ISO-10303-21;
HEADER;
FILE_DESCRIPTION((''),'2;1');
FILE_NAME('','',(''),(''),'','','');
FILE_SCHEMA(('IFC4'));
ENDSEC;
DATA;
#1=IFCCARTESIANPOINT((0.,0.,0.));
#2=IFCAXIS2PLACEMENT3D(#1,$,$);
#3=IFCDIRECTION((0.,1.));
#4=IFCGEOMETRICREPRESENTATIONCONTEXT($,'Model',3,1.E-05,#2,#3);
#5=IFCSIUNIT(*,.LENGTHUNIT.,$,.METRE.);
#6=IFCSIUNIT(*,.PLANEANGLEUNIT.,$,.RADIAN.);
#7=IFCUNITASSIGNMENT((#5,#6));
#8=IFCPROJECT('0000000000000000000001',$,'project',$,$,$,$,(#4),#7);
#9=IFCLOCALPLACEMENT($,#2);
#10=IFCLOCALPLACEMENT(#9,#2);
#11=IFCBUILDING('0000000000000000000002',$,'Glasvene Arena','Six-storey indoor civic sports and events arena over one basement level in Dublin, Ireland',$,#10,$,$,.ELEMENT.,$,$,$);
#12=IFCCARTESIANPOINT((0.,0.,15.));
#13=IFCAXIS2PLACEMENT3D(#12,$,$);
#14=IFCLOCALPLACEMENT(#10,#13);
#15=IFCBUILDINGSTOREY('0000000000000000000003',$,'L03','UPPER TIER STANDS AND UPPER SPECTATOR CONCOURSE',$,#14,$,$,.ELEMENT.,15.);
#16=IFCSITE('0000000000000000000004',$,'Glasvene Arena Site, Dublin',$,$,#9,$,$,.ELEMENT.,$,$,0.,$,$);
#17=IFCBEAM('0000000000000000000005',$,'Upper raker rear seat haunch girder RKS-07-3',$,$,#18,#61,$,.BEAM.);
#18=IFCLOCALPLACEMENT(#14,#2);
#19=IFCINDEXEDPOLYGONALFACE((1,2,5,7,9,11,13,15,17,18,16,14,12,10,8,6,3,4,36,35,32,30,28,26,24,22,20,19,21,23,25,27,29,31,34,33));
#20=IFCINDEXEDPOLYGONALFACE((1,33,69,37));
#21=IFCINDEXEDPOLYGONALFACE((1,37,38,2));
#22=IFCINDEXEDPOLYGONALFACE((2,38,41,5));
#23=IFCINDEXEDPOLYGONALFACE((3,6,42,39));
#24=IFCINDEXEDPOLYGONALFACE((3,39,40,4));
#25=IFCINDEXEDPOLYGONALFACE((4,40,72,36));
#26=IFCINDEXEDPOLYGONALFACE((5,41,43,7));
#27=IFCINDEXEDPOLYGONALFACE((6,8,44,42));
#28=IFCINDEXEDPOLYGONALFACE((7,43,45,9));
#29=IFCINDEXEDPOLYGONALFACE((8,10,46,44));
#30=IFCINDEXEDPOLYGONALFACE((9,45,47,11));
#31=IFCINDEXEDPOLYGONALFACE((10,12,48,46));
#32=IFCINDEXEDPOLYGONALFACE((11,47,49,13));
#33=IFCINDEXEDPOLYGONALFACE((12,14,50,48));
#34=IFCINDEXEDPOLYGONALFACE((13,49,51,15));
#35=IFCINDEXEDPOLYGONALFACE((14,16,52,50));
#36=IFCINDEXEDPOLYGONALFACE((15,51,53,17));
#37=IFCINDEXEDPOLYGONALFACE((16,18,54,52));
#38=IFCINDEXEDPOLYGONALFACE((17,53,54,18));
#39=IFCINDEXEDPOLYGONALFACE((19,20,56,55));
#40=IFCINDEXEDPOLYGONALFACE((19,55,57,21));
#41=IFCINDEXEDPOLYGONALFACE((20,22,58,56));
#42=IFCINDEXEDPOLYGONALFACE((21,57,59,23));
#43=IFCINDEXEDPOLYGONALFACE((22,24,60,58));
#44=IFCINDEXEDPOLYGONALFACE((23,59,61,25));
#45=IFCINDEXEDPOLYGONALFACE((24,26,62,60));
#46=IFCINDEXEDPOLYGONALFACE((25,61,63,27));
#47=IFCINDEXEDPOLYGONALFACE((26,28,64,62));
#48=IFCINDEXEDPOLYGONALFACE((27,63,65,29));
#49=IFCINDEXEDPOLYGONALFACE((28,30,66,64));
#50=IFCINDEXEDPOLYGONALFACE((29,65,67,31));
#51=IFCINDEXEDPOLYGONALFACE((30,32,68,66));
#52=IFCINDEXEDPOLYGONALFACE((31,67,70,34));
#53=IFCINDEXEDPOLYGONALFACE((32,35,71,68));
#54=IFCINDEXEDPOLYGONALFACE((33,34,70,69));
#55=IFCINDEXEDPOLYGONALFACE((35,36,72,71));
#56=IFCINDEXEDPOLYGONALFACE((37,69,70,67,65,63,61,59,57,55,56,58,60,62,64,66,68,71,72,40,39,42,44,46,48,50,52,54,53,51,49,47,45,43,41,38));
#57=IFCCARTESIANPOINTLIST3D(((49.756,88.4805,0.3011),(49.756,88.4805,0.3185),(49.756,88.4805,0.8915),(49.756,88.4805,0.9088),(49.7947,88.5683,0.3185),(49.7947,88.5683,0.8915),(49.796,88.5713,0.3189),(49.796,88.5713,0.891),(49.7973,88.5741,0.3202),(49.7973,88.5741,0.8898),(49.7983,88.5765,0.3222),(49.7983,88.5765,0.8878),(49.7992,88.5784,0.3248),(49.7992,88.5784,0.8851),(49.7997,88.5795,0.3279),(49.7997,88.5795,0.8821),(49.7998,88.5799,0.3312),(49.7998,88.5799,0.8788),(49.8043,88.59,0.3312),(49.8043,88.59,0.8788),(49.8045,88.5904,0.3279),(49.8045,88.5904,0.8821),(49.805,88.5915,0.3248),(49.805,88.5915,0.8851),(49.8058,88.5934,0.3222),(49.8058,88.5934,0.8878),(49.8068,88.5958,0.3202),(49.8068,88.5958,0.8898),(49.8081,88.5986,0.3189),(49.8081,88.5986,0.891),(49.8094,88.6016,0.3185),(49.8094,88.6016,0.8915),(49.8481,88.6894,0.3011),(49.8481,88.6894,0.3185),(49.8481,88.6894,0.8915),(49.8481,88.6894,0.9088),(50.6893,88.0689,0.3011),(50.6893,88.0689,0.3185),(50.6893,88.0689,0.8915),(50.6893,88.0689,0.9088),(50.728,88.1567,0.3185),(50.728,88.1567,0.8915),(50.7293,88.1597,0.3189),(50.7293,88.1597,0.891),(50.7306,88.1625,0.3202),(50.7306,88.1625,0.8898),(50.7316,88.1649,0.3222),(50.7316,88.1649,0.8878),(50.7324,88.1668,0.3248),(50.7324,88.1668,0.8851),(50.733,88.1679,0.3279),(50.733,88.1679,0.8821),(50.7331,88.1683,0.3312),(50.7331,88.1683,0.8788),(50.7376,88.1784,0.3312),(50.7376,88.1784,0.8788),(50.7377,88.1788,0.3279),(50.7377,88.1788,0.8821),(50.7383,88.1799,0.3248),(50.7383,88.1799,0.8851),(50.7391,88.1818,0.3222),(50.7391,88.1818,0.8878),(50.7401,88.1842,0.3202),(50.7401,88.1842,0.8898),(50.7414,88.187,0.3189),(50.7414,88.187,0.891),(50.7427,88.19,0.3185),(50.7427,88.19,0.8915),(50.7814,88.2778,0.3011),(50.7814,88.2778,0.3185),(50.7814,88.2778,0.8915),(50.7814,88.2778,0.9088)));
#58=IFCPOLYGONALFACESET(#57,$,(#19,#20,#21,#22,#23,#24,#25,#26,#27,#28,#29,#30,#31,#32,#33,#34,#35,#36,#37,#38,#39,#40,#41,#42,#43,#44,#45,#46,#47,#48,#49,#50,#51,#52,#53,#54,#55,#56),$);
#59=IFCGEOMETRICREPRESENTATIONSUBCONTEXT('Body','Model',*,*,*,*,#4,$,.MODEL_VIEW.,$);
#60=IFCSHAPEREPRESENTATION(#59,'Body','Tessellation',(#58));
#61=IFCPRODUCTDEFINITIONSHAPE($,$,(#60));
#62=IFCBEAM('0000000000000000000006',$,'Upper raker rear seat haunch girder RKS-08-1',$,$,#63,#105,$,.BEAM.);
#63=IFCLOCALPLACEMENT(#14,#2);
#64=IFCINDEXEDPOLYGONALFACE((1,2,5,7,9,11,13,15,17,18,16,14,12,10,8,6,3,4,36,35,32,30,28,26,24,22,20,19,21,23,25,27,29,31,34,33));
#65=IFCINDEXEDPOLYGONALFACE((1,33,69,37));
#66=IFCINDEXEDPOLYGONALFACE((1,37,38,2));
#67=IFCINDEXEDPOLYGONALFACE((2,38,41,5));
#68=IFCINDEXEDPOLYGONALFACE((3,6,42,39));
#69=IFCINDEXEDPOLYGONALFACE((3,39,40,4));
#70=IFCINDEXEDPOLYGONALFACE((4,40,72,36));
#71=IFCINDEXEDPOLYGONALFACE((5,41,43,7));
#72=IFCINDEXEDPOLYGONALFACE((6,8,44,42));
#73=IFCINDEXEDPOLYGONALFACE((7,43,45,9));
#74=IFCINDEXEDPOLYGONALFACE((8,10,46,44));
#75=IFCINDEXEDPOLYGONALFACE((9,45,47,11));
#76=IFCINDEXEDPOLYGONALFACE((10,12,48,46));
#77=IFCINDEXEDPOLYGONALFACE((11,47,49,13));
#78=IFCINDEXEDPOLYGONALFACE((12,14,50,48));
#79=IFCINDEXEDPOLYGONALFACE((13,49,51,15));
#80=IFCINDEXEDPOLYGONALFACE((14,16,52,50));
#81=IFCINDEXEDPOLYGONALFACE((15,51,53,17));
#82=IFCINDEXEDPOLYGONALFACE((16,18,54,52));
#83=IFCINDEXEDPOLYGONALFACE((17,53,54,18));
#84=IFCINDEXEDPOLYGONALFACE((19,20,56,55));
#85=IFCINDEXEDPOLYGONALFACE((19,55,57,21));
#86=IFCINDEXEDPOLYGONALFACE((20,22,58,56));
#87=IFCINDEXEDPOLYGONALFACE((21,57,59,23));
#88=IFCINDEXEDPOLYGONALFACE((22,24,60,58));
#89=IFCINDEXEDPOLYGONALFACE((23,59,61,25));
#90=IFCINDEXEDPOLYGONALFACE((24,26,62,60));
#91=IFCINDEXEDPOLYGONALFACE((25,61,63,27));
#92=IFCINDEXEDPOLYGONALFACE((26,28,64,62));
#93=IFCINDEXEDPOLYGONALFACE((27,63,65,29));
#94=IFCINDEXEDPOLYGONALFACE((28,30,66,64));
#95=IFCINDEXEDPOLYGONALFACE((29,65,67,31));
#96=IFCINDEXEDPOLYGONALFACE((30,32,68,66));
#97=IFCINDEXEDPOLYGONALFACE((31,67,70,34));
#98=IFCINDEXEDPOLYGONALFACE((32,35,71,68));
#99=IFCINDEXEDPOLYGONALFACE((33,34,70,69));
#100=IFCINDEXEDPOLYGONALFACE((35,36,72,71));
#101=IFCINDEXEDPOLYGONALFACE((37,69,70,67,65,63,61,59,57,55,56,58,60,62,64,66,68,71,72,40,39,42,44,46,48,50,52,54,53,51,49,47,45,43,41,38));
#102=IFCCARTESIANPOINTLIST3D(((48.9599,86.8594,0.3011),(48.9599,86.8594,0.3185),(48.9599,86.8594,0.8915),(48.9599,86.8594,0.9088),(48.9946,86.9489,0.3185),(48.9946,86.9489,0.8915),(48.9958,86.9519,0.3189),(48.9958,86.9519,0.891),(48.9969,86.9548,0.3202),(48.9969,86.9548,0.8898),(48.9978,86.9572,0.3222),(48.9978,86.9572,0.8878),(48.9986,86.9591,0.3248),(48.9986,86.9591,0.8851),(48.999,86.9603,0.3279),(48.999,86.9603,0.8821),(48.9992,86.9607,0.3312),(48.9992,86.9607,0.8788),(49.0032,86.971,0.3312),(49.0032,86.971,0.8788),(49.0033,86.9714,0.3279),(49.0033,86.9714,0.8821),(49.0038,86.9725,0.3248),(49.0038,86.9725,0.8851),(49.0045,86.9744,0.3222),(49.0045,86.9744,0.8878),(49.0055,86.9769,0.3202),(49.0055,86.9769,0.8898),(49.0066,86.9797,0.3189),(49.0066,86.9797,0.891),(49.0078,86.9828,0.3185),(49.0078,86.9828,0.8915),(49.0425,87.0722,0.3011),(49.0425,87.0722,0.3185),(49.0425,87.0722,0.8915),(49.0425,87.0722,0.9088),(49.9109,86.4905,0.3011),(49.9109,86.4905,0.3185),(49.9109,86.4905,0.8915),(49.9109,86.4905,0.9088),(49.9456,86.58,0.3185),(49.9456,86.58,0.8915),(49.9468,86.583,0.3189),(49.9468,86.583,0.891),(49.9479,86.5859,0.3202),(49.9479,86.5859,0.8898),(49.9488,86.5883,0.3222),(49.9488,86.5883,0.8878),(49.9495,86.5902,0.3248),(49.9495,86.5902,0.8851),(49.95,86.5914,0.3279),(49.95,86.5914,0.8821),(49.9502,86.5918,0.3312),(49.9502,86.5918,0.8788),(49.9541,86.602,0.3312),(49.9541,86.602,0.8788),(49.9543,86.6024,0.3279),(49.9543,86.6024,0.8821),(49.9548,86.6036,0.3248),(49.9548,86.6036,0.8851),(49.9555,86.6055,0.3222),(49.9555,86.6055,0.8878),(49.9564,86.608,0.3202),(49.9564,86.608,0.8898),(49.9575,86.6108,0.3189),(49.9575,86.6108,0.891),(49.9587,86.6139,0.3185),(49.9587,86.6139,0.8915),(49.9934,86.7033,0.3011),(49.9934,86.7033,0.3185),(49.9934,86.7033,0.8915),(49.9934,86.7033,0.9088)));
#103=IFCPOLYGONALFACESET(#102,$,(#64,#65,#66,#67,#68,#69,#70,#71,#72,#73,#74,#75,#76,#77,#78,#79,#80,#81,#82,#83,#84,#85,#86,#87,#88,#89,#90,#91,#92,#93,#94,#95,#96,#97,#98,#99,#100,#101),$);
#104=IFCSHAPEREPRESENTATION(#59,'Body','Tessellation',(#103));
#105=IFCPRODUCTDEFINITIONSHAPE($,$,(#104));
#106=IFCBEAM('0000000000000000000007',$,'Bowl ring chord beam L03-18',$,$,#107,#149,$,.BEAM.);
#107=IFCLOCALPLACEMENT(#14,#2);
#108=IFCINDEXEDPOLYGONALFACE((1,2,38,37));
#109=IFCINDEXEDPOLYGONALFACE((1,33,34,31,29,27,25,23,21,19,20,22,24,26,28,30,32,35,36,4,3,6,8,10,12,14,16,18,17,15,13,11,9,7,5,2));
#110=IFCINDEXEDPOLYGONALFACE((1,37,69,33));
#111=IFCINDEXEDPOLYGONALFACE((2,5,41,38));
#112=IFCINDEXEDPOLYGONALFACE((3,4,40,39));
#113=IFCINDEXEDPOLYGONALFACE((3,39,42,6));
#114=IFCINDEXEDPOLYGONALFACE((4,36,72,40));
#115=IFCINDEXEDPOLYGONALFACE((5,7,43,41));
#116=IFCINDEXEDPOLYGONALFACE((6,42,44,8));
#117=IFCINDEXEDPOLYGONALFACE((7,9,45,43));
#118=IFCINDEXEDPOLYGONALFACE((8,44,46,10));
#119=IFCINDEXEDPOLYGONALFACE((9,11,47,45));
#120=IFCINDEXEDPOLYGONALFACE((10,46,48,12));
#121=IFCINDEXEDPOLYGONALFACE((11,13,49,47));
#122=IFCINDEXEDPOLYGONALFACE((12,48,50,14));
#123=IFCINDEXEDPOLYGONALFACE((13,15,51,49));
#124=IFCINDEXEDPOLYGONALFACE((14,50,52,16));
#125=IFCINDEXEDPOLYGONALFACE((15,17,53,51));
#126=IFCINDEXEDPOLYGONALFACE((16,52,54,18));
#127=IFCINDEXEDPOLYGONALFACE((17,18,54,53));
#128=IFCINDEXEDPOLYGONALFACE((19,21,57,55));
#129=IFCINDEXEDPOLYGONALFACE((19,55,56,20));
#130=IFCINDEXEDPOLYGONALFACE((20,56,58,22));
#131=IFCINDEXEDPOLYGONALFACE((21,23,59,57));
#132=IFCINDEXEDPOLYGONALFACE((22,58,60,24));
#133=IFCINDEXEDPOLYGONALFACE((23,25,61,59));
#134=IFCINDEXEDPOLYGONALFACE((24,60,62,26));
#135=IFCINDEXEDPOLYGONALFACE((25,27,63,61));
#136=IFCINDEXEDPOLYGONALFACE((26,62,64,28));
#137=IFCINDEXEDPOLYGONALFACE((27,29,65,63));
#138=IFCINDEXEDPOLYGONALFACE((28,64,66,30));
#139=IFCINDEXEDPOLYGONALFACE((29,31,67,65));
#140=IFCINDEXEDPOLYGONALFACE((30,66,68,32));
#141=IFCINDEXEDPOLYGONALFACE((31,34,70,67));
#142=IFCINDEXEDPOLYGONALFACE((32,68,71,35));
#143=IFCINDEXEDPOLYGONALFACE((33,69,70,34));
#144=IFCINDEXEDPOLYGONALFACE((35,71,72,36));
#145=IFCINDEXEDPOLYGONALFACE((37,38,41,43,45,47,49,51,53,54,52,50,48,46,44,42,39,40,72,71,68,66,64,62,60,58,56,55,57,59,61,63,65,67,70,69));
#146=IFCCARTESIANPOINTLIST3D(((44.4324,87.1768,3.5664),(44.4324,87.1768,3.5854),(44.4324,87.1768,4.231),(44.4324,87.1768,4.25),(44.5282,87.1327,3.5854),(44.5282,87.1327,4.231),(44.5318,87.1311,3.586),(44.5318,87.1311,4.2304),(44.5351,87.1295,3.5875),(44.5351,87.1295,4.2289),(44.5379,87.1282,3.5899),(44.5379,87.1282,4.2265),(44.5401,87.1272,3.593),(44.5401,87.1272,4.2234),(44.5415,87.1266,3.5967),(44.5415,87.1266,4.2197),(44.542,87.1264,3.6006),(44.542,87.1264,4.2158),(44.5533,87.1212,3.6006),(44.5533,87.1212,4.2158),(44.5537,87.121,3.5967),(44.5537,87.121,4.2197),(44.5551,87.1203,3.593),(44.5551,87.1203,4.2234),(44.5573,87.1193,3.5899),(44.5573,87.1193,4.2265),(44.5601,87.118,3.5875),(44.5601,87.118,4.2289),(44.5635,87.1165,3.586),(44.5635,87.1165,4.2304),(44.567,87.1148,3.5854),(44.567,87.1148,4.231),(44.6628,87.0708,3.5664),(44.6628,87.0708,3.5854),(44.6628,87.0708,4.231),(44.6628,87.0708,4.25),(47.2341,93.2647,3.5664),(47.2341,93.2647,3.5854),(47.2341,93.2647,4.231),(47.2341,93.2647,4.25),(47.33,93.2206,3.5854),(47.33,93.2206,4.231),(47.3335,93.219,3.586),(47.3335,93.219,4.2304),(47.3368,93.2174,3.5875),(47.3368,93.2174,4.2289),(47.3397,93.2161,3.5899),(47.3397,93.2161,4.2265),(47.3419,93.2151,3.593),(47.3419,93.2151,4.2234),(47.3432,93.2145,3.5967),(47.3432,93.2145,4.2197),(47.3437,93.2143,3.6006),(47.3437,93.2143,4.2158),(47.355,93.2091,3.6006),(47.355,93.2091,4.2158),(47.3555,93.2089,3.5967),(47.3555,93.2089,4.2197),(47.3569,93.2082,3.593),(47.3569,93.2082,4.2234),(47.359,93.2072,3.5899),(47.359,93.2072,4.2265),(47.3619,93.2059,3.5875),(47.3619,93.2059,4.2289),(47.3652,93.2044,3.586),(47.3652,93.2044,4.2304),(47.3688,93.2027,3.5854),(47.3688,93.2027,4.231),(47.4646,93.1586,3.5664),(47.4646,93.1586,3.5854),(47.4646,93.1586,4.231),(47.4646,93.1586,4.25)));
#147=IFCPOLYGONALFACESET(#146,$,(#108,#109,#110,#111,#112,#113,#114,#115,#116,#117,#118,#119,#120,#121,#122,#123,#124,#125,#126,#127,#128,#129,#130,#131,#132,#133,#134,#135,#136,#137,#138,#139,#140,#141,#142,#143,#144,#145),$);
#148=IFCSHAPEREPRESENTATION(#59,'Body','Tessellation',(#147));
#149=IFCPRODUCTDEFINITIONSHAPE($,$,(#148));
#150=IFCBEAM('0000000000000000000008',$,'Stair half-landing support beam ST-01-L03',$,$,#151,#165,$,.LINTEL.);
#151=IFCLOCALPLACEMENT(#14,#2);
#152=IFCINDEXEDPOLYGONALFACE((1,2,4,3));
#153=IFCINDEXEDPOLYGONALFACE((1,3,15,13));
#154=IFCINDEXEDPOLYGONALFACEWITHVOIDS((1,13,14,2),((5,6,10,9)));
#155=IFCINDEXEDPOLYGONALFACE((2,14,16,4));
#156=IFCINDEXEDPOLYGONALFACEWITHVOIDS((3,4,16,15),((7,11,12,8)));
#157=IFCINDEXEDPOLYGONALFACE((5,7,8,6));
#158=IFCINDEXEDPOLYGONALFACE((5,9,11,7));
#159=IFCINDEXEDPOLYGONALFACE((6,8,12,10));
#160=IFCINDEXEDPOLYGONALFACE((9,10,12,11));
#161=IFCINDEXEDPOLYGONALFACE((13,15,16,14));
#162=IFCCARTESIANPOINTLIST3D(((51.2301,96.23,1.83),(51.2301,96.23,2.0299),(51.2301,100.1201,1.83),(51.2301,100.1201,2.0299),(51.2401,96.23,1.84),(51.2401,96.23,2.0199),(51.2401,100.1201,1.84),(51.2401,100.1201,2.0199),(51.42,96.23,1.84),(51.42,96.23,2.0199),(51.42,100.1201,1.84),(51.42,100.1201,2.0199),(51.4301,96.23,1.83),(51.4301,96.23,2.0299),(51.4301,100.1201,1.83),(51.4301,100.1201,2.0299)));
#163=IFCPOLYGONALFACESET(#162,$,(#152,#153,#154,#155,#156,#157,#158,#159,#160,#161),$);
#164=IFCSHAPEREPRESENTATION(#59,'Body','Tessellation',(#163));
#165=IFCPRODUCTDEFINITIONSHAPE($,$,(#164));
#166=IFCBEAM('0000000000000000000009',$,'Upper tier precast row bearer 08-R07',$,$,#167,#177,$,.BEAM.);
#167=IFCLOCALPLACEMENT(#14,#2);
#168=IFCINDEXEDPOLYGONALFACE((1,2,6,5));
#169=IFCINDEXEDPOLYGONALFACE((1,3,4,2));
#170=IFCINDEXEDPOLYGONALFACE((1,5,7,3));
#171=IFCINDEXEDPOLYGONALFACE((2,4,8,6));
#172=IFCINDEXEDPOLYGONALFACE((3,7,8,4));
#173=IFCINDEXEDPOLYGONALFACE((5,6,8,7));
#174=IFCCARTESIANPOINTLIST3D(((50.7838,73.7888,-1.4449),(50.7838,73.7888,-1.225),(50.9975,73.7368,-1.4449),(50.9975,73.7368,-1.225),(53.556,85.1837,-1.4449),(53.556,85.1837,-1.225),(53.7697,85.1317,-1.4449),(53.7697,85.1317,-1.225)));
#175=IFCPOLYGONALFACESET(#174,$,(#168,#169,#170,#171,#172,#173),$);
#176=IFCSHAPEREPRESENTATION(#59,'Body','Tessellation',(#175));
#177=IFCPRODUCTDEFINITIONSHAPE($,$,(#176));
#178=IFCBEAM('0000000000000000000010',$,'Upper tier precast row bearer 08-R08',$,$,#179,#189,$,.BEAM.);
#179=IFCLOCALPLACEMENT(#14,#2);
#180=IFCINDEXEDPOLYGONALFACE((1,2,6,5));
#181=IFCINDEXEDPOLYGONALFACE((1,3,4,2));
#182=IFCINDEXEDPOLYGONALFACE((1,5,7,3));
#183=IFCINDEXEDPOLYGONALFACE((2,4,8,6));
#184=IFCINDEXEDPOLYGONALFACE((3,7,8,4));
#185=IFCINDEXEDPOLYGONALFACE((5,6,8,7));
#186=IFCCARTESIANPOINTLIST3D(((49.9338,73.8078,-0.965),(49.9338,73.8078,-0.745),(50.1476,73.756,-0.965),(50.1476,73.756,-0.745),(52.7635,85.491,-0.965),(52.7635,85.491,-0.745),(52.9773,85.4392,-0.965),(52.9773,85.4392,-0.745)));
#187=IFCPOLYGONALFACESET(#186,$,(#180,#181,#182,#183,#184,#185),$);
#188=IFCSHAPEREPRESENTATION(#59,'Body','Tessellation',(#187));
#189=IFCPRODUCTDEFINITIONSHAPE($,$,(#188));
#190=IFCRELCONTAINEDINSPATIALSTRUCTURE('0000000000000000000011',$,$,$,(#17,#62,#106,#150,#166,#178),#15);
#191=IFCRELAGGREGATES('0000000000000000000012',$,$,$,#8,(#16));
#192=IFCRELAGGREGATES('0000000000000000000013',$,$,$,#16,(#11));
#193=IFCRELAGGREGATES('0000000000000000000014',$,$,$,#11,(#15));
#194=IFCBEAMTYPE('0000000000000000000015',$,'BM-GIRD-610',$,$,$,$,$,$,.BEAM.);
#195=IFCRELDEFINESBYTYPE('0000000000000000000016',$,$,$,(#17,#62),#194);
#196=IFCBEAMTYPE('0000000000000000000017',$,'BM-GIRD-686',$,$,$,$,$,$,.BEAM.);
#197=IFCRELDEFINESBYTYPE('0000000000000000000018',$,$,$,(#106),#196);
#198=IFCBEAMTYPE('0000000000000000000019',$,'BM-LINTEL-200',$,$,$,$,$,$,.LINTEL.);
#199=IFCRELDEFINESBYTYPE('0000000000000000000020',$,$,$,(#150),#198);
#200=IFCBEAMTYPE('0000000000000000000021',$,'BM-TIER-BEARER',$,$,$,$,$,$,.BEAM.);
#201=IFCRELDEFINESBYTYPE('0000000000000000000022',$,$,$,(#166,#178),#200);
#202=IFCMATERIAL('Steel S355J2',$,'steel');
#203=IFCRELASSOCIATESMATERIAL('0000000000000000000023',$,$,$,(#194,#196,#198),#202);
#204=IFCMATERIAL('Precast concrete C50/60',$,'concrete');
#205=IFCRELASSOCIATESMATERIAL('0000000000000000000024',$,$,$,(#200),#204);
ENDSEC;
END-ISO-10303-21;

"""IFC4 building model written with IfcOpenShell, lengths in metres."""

from ifc_helpers import new_model, si_unit, direction, frame, origin, origin_2d, place, context, subcontext, project, spatial, rectangle, hollow_rectangle, i_section, extrude, material, material_profile, profile_set, type_object, element, save


model = new_model("IFC4")

# Units and contexts
model_context = context("Model", 3, precision=1e-05, world=origin(), true_north=direction((0.0, 1.0)))
body_context = subcontext(model_context, "Body", "Model", "MODEL_VIEW")
ifc_project = project(units=[si_unit("LENGTHUNIT", "METRE"), si_unit("PLANEANGLEUNIT", "RADIAN")], contexts=[model_context])

# Site, building, storey
site_placement = place(None, origin())
site = spatial("IfcSite", under=ifc_project, at=site_placement, Name="Glasvene Arena Site, Dublin", CompositionType="ELEMENT", RefElevation=0.0)
building_placement = place(site_placement, origin())
building = spatial("IfcBuilding", under=site, at=building_placement, Name="Glasvene Arena", Description="Six-storey indoor civic sports and events arena over one basement level in Dublin, Ireland", CompositionType="ELEMENT")
storey_placement = place(building_placement, frame((0.0, 0.0, 15.0)))
storey = spatial("IfcBuildingStorey", under=building, at=storey_placement, Name="L03", Description="UPPER TIER STANDS AND UPPER SPECTATOR CONCOURSE", CompositionType="ELEMENT", Elevation=15.0)

# Shared definitions
ifc_material_1 = material(Name="Steel S355J2", Category="steel")

# Beams
ifc_material_profile_1 = material_profile(ifc_material_1, i_section(OverallWidth=0.2283, OverallDepth=0.6077, WebThickness=0.011, FlangeThickness=0.0173, FilletRadius=0.0127, at=origin_2d()), Name="UKB 610x229x113")
ifc_profile_set_1 = profile_set([ifc_material_profile_1], Name="Steel S355J2")
beam_type_1 = type_object("IfcBeamType", Name="BM-GIRD-610", PredefinedType="BEAM", material=ifc_profile_set_1)
for number, where, z_axis, x_axis, name in (
    (1, (50.7354, 88.1733, 0.605), (-0.914972, 0.403516, 0.0), (-0.403516, -0.914972, 0.0), "Upper raker rear seat haunch girder RKS-07-3"),
    (2, (49.9521, 86.5969, 0.605), (-0.932305, 0.361672, 0.0), (-0.361672, -0.932305, 0.0), "Upper raker rear seat haunch girder RKS-08-1"),
):
    element("IfcBeam", number, at=place(storey_placement, frame(where, z_axis=z_axis, x_axis=x_axis)), inside=storey, type_object=beam_type_1, Name=name, PredefinedType="BEAM", context=body_context, shape_type="SweptSolid", body=[
        extrude(i_section(OverallWidth=0.2283, OverallDepth=0.6077, WebThickness=0.011, FlangeThickness=0.0173, FilletRadius=0.0127, at=origin_2d()), origin(), (0.0, 0.0, 1.0), 1.02),
    ])
ifc_material_profile_2 = material_profile(ifc_material_1, i_section(OverallWidth=0.2537, OverallDepth=0.6836, WebThickness=0.0125, FlangeThickness=0.019, FilletRadius=0.0151, at=origin_2d()), Name="UKB 686x254x140")
ifc_profile_set_2 = profile_set([ifc_material_profile_2], Name="Steel S355J2")
beam_type_2 = type_object("IfcBeamType", Name="BM-GIRD-686", PredefinedType="BEAM", material=ifc_profile_set_2)
beam_1_placement = place(storey_placement, frame((47.3494, 93.2117, 3.9082), z_axis=(-0.418069, -0.908415, 0.0), x_axis=(0.908415, -0.418069, 0.0)))
element("IfcBeam", 3, at=beam_1_placement, inside=storey, type_object=beam_type_2, Name="Bowl ring chord beam L03-18", PredefinedType="BEAM", context=body_context, shape_type="SweptSolid", body=[
    extrude(i_section(OverallWidth=0.2537, OverallDepth=0.6836, WebThickness=0.0125, FlangeThickness=0.019, FilletRadius=0.0151, at=origin_2d()), origin(), (0.0, 0.0, 1.0), 6.7017),
])
ifc_material_profile_3 = material_profile(ifc_material_1, hollow_rectangle(XDim=0.2, YDim=0.2, WallThickness=0.01, at=origin_2d()), Name="SHS 200x200x10.0")
ifc_profile_set_3 = profile_set([ifc_material_profile_3], Name="Steel S355J2")
beam_type_3 = type_object("IfcBeamType", Name="BM-LINTEL-200", PredefinedType="LINTEL", material=ifc_profile_set_3)
beam_2_placement = place(storey_placement, frame((51.3301, 96.23, 1.9299), z_axis=(0.0, 1.0, 0.0), x_axis=(-1.0, 0.0, 0.0)))
element("IfcBeam", 4, at=beam_2_placement, inside=storey, type_object=beam_type_3, Name="Stair half-landing support beam ST-01-L03", PredefinedType="LINTEL", context=body_context, shape_type="SweptSolid", body=[
    extrude(hollow_rectangle(XDim=0.2, YDim=0.2, WallThickness=0.01, at=origin_2d()), origin(), (0.0, 0.0, 1.0), 3.8901),
])
ifc_material_2 = material(Name="Precast concrete C50/60", Category="concrete")
ifc_material_profile_4 = material_profile(ifc_material_2, rectangle(XDim=0.22, YDim=0.22, at=origin_2d()), Name="RC 220x220")
ifc_profile_set_4 = profile_set([ifc_material_profile_4], Name="Precast concrete C50/60")
beam_type_4 = type_object("IfcBeamType", Name="BM-TIER-BEARER", PredefinedType="BEAM", material=ifc_profile_set_4)
beam_3_placement = place(storey_placement, frame((53.6628, 85.1577, -1.335), z_axis=(-0.236388, -0.971659, 0.0), x_axis=(0.971659, -0.236388, 0.0)))
element("IfcBeam", 5, at=beam_3_placement, inside=storey, type_object=beam_type_4, Name="Upper tier precast row bearer 08-R07", PredefinedType="BEAM", context=body_context, shape_type="SweptSolid", body=[
    extrude(rectangle(XDim=0.22, YDim=0.22, at=origin_2d()), origin(), (0.0, 0.0, 1.0), 11.7273),
])
beam_4_placement = place(storey_placement, frame((52.8704, 85.4651, -0.855), z_axis=(-0.23539, -0.971901, 0.0), x_axis=(0.971901, -0.23539, 0.0)))
element("IfcBeam", 6, at=beam_4_placement, inside=storey, type_object=beam_type_4, Name="Upper tier precast row bearer 08-R08", PredefinedType="BEAM", context=body_context, shape_type="SweptSolid", body=[
    extrude(rectangle(XDim=0.22, YDim=0.22, at=origin_2d()), origin(), (0.0, 0.0, 1.0), 12.021),
])

save(model, "model.ifc")
